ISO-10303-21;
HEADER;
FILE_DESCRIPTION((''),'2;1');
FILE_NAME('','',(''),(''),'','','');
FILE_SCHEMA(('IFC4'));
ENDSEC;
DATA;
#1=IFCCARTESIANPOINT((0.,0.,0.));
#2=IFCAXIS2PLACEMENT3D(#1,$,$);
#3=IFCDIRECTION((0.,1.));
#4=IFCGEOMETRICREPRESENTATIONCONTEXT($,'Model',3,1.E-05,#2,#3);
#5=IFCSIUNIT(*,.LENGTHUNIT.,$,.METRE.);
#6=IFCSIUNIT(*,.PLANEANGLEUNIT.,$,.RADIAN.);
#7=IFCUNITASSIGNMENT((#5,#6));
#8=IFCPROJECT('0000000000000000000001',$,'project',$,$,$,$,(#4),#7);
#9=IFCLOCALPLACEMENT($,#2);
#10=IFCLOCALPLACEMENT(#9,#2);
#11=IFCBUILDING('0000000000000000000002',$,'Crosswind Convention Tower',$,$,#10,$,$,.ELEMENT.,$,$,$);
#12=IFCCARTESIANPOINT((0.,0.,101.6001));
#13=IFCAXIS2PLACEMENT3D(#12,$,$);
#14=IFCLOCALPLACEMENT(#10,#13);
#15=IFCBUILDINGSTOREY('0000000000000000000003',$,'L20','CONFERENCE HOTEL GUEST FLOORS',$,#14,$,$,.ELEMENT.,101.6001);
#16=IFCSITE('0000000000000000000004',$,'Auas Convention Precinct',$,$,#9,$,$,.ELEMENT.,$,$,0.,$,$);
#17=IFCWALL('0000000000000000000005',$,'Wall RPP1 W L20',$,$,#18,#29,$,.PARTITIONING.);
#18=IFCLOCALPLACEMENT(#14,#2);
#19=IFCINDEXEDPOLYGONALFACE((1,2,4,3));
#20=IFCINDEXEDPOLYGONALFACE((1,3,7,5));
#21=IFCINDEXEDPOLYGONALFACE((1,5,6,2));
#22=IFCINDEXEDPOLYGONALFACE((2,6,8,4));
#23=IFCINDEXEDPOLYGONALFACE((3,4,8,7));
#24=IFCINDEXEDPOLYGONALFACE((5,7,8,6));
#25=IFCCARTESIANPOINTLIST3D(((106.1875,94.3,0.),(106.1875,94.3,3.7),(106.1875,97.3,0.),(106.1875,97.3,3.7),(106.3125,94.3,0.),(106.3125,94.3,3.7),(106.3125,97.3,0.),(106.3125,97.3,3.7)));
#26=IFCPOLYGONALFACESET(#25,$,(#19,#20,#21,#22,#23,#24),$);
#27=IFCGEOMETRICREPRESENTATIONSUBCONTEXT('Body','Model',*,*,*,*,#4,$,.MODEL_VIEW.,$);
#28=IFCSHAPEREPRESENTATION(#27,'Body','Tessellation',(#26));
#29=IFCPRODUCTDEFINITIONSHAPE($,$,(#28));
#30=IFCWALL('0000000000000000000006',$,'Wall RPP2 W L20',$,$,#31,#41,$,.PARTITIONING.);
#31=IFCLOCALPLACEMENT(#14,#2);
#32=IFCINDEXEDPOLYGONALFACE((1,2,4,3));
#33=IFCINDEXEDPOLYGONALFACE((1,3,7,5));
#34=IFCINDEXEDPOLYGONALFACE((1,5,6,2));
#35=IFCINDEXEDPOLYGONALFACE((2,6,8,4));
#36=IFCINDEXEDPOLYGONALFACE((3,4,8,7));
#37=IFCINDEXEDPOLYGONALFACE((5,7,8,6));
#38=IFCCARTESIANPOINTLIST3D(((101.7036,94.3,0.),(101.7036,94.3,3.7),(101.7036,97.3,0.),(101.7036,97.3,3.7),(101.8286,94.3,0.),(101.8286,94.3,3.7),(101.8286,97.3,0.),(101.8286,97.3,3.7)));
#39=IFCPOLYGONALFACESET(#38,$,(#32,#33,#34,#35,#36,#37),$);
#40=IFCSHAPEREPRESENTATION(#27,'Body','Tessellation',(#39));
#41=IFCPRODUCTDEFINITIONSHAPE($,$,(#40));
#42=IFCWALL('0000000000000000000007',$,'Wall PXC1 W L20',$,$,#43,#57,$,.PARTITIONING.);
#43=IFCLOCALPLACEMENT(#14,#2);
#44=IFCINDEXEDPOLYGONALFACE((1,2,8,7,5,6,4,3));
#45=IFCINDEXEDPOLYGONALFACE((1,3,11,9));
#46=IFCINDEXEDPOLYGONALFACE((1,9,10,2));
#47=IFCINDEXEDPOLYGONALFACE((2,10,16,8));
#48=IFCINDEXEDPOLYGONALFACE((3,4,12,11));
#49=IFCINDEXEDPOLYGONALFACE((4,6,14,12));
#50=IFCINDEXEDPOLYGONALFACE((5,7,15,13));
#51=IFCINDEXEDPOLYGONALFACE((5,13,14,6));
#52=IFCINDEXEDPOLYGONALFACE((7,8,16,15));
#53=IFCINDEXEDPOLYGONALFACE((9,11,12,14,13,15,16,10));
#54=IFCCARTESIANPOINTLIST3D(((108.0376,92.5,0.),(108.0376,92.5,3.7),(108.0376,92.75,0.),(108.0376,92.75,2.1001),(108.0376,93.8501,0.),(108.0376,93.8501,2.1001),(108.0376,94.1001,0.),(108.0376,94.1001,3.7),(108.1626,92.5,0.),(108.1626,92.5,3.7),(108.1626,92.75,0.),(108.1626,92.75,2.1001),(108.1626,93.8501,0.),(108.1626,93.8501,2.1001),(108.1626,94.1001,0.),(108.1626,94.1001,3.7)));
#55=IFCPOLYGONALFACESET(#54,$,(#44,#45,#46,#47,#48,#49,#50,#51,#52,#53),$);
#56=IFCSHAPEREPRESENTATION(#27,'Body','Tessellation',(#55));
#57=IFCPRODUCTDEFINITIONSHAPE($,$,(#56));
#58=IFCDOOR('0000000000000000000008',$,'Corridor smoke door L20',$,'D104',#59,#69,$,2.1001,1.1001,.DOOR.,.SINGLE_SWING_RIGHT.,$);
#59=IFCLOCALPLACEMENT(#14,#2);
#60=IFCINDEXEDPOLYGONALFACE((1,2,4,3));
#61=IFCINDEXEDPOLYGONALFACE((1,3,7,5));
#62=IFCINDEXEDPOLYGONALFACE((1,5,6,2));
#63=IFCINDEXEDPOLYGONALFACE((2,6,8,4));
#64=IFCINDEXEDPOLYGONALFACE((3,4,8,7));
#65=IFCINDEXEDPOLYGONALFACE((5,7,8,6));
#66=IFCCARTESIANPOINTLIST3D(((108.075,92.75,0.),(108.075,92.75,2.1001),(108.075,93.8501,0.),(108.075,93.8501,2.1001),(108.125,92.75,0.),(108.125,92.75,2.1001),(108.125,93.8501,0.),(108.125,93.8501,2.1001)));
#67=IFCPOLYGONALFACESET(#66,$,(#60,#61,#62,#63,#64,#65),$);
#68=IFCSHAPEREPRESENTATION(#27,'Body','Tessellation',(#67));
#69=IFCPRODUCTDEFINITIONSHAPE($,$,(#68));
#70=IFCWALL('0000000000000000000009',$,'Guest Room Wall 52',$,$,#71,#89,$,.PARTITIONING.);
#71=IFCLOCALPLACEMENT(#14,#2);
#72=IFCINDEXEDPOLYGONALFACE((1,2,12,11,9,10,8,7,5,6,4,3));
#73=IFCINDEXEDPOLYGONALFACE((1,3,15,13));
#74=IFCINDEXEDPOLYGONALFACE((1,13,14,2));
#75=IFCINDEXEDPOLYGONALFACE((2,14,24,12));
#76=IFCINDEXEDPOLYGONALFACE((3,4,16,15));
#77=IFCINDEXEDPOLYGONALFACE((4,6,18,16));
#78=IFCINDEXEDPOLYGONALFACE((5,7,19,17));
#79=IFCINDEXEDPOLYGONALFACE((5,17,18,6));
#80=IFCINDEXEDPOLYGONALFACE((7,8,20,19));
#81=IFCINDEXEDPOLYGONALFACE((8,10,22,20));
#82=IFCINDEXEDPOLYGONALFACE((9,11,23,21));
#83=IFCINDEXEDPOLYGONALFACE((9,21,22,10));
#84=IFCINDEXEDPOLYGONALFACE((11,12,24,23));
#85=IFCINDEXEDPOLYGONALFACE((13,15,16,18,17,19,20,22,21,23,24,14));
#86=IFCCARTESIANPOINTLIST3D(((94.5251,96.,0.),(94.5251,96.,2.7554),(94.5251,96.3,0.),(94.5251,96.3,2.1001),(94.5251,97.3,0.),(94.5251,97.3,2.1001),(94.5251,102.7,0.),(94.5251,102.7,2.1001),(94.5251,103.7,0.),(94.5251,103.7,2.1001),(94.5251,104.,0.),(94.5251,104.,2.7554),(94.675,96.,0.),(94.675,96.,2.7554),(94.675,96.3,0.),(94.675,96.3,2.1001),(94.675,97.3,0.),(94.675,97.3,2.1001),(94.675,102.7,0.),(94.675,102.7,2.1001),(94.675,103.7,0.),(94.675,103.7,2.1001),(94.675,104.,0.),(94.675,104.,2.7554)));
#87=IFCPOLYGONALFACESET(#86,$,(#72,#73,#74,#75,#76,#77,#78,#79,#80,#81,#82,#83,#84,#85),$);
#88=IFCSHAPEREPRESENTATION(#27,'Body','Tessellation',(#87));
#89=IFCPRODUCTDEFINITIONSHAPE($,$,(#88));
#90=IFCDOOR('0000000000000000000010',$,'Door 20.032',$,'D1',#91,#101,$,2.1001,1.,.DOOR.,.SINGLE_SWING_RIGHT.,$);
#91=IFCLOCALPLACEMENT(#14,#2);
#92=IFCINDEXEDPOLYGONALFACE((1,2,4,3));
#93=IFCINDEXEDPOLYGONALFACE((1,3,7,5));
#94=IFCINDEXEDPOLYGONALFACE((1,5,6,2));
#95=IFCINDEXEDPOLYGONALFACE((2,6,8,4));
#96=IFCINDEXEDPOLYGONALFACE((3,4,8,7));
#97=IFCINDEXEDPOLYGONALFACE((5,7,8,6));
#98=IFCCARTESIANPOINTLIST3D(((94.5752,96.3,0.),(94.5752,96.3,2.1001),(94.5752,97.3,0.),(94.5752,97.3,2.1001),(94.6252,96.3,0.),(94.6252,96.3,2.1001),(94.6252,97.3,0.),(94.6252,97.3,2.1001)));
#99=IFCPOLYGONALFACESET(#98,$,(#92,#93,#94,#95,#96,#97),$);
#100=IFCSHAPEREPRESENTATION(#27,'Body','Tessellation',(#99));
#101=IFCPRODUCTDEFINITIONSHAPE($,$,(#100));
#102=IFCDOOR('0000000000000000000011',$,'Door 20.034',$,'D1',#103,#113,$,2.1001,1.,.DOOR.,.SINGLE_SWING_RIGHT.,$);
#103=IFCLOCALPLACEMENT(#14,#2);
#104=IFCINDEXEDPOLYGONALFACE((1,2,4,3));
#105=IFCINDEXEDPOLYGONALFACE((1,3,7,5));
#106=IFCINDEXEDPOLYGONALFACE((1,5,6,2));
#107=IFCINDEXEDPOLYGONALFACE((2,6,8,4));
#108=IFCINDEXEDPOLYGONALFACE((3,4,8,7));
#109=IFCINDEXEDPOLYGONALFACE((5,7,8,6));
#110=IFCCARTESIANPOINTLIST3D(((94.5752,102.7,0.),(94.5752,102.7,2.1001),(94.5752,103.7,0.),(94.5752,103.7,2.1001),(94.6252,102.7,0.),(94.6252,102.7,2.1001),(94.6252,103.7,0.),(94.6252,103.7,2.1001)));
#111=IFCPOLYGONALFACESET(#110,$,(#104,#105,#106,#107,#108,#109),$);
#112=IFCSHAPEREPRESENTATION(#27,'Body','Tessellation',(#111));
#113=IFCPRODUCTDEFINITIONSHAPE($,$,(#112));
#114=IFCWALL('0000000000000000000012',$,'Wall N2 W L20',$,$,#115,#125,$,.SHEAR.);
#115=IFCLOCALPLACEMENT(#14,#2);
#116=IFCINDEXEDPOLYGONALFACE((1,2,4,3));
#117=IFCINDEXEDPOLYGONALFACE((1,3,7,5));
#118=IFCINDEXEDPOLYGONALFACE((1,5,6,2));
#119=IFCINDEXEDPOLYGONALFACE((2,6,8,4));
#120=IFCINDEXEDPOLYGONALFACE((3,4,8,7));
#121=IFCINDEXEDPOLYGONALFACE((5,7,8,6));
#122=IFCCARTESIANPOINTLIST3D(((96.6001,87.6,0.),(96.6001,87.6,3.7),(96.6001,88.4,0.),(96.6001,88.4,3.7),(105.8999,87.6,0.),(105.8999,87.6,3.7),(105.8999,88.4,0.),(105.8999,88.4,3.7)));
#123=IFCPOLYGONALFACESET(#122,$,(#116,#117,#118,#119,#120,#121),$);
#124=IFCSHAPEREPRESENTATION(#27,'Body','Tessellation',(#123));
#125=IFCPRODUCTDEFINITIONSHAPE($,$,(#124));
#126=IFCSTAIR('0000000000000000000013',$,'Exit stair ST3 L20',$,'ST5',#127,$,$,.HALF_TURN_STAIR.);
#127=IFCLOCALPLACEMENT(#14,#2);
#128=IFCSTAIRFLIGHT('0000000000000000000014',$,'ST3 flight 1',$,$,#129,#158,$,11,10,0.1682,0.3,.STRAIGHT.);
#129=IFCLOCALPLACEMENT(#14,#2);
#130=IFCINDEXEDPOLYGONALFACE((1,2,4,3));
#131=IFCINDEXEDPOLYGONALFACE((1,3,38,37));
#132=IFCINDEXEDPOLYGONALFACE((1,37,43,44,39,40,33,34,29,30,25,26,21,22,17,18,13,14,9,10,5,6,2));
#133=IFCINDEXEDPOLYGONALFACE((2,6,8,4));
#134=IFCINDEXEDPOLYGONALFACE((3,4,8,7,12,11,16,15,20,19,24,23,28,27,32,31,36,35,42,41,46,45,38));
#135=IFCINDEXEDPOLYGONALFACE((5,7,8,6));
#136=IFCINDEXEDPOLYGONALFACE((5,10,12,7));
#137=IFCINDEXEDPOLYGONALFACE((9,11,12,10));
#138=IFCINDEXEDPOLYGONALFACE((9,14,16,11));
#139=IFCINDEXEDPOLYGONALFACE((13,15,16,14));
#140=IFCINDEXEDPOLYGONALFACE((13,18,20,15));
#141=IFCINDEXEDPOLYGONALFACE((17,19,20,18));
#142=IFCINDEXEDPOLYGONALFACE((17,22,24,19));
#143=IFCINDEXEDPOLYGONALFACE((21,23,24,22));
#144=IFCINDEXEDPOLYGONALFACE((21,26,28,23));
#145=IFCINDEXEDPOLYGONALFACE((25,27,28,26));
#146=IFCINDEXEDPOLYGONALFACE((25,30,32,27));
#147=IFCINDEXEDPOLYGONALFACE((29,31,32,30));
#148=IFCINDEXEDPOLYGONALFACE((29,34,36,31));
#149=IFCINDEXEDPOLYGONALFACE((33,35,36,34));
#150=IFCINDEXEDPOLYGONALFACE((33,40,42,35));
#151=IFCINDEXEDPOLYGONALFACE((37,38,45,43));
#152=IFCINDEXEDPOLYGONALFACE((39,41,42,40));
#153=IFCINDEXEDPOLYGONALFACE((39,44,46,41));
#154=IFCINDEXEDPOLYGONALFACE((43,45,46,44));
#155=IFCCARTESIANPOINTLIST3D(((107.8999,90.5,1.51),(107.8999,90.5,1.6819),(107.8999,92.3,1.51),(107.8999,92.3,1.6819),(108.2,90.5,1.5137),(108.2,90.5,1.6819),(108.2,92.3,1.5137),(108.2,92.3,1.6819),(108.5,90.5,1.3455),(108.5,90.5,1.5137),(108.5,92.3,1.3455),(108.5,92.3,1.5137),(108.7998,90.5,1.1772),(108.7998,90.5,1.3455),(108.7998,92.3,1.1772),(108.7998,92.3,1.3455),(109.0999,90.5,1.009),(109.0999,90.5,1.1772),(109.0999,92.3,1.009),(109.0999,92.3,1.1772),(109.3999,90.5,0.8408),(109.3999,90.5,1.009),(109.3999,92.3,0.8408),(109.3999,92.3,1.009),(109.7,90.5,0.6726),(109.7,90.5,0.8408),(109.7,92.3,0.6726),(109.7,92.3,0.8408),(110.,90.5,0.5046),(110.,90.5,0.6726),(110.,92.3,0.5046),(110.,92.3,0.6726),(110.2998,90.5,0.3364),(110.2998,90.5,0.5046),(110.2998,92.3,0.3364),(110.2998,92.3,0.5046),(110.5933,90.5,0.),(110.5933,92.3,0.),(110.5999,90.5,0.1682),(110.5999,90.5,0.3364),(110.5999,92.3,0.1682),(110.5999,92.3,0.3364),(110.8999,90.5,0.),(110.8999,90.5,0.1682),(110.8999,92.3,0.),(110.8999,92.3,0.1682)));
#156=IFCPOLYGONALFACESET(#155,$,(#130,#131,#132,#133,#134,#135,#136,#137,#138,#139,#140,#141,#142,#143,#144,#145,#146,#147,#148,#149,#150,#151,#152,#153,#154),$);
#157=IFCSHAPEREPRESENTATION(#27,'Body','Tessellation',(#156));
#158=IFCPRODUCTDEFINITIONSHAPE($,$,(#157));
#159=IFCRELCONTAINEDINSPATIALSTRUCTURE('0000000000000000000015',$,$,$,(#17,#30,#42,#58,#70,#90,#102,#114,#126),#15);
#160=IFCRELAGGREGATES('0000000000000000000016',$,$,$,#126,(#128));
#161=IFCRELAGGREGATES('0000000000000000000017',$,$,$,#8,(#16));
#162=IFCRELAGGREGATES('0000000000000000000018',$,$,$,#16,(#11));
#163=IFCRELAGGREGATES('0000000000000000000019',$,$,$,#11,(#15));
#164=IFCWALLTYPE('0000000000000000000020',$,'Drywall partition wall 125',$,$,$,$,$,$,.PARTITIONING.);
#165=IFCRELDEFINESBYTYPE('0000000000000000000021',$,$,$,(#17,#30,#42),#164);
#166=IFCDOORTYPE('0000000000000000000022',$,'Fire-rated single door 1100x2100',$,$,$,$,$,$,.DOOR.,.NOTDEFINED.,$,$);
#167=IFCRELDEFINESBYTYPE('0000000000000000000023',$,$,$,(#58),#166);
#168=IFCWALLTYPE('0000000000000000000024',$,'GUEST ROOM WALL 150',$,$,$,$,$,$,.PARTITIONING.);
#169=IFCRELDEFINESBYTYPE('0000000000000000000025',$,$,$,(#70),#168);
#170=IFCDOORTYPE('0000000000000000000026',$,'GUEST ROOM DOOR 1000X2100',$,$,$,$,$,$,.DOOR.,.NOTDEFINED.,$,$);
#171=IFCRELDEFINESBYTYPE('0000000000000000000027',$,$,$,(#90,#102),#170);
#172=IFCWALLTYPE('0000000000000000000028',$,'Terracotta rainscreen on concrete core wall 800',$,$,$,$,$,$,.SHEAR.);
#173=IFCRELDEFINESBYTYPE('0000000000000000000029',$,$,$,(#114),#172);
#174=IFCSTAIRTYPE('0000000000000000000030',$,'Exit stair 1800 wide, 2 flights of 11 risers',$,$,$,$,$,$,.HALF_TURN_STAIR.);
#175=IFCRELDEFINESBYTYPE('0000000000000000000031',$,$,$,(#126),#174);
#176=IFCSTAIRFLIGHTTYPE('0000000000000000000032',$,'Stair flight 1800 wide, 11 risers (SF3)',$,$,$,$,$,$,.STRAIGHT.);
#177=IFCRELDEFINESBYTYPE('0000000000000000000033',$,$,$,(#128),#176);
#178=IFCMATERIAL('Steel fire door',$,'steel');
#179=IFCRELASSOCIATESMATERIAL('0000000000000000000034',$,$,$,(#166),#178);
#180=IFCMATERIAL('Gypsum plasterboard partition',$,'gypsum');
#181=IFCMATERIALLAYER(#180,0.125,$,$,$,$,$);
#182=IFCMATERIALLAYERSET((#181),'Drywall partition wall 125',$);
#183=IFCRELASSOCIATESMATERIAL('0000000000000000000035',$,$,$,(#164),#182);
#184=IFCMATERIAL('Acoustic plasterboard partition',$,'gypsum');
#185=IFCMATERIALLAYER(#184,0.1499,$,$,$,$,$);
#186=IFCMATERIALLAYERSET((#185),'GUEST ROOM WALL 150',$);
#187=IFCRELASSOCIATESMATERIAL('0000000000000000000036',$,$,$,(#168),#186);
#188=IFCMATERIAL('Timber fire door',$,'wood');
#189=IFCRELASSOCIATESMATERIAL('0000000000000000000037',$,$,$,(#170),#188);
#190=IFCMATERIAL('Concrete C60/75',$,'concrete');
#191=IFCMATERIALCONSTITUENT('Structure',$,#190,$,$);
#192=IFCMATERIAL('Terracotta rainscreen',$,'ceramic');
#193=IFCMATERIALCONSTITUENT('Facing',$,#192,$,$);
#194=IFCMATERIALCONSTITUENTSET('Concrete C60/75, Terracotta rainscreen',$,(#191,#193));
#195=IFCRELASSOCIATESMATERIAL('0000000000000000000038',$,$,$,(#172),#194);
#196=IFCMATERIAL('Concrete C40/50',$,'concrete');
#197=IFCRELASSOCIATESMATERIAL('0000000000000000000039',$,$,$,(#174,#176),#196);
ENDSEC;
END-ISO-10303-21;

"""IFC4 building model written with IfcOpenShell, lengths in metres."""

from ifc_helpers import new_model, si_unit, direction, frame, frame_2d, origin, place, context, subcontext, project, spatial, polyline, rectangle, outline, extrude, material, layer, layer_set, constituent, constituent_set, type_object, element, fill, aggregate, save


model = new_model("IFC4")

# Units and contexts
model_context = context("Model", 3, precision=1e-05, world=origin(), true_north=direction((0.0, 1.0)))
body_context = subcontext(model_context, "Body", "Model", "MODEL_VIEW")
ifc_project = project(units=[si_unit("LENGTHUNIT", "METRE"), si_unit("PLANEANGLEUNIT", "RADIAN")], contexts=[model_context])

# Site, building, storey
site_placement = place(None, origin())
site = spatial("IfcSite", under=ifc_project, at=site_placement, Name="Auas Convention Precinct", CompositionType="ELEMENT", RefElevation=0.0)
building_placement = place(site_placement, origin())
building = spatial("IfcBuilding", under=site, at=building_placement, Name="Crosswind Convention Tower", CompositionType="ELEMENT")
storey_placement = place(building_placement, frame((0.0, 0.0, 101.6001)))
storey = spatial("IfcBuildingStorey", under=building, at=storey_placement, Name="L20", Description="CONFERENCE HOTEL GUEST FLOORS", CompositionType="ELEMENT", Elevation=101.6001)

# Shared definitions
ifc_material_1 = material(Name="Steel fire door", Category="steel")
door_type_1 = type_object("IfcDoorType", Name="Fire-rated single door 1100x2100", OperationType="NOTDEFINED", PredefinedType="DOOR", material=ifc_material_1)

# Walls
ifc_material_2 = material(Name="Gypsum plasterboard partition", Category="gypsum")
ifc_layer_1 = layer(ifc_material_2, 0.125)
ifc_layer_set_1 = layer_set([ifc_layer_1], Name="Drywall partition wall 125")
wall_type_1 = type_object("IfcWallType", Name="Drywall partition wall 125", PredefinedType="PARTITIONING", material=ifc_layer_set_1)
for number, where, z_axis, x_axis, name in (
    (1, (106.25, 97.3, 0.0), (0.0, 0.0, 1.0), (0.0, -1.0, 0.0), "Wall RPP1 W L20"),
    (2, (101.7661, 97.3, 0.0), (0.0, 0.0, 1.0), (0.0, -1.0, 0.0), "Wall RPP2 W L20"),
):
    element("IfcWall", number, at=place(storey_placement, frame(where, z_axis=z_axis, x_axis=x_axis)), inside=storey, type_object=wall_type_1, Name=name, PredefinedType="PARTITIONING", context=body_context, shape_type="SweptSolid", body=[
        extrude(rectangle(XDim=3.0, YDim=0.125, at=frame_2d((1.5, 0.0))), origin(), (0.0, 0.0, 1.0), 3.7),
    ])

# Wall, opening, door
wall_1_placement = place(storey_placement, frame((108.1001, 94.1001, 0.0), z_axis=(0.0, 0.0, 1.0), x_axis=(0.0, -1.0, 0.0)))
wall_1 = element("IfcWall", 3, at=wall_1_placement, inside=storey, type_object=wall_type_1, Name="Wall PXC1 W L20", PredefinedType="PARTITIONING", context=body_context, shape_type="SweptSolid", body=[
    extrude(rectangle(XDim=1.6001, YDim=0.125, at=frame_2d((0.8, 0.0))), origin(), (0.0, 0.0, 1.0), 3.7),
])
opening_1_placement = place(wall_1_placement, frame((0.25, 0.0, 0.0)))
opening_1 = element("IfcOpeningElement", 4, at=opening_1_placement, cuts=wall_1, PredefinedType="OPENING", context=body_context, shape_type="SweptSolid", body=[
    extrude(rectangle(XDim=1.1001, YDim=2.1001, at=frame_2d((0.55, 1.05))), frame((0.0, 0.0725, 0.0), z_axis=(0.0, -1.0, 0.0), x_axis=(1.0, 0.0, 0.0)), (0.0, 0.0, 1.0), 0.145),
])
door_1_placement = place(opening_1_placement, origin())
door_1 = element("IfcDoor", 5, at=door_1_placement, inside=storey, type_object=door_type_1, Name="Corridor smoke door L20", ObjectType="D104", OperationType="SINGLE_SWING_RIGHT", OverallHeight=2.1001, OverallWidth=1.1001, PredefinedType="DOOR", context=body_context, shape_type="SweptSolid", body=[
    extrude(rectangle(XDim=1.1001, YDim=2.1001, at=frame_2d((0.55, 1.05))), frame((0.0, 0.0249, 0.0), z_axis=(0.0, -1.0, 0.0), x_axis=(1.0, 0.0, 0.0)), (0.0, 0.0, 1.0), 0.05),
])
fill(opening_1, door_1)

# Wall, openings, doors
ifc_material_3 = material(Name="Acoustic plasterboard partition", Category="gypsum")
ifc_layer_2 = layer(ifc_material_3, 0.1499)
ifc_layer_set_2 = layer_set([ifc_layer_2], Name="GUEST ROOM WALL 150")
wall_type_2 = type_object("IfcWallType", Name="GUEST ROOM WALL 150", PredefinedType="PARTITIONING", material=ifc_layer_set_2)
wall_2_placement = place(storey_placement, frame((94.6001, 96.0, 0.0), z_axis=(0.0, 0.0, 1.0), x_axis=(0.0, 1.0, 0.0)))
wall_2 = element("IfcWall", 6, at=wall_2_placement, inside=storey, type_object=wall_type_2, Name="Guest Room Wall 52", PredefinedType="PARTITIONING", context=body_context, shape_type="SweptSolid", body=[
    extrude(rectangle(XDim=8.0, YDim=0.1499, at=frame_2d((4.0, 0.0))), origin(), (0.0, 0.0, 1.0), 2.7554),
])
opening_2_placement = place(wall_2_placement, frame((0.3, 0.0, 0.0)))
opening_2 = element("IfcOpeningElement", 7, at=opening_2_placement, cuts=wall_2, PredefinedType="OPENING", context=body_context, shape_type="SweptSolid", body=[
    extrude(rectangle(XDim=1.0, YDim=2.1001, at=frame_2d((0.5, 1.05))), frame((0.0, 0.085, 0.0), z_axis=(0.0, -1.0, 0.0), x_axis=(1.0, 0.0, 0.0)), (0.0, 0.0, 1.0), 0.1699),
])
opening_3_placement = place(wall_2_placement, frame((6.7, 0.0, 0.0)))
opening_3 = element("IfcOpeningElement", 8, at=opening_3_placement, cuts=wall_2, PredefinedType="OPENING", context=body_context, shape_type="SweptSolid", body=[
    extrude(rectangle(XDim=1.0, YDim=2.1001, at=frame_2d((0.5, 1.05))), frame((0.0, 0.085, 0.0), z_axis=(0.0, -1.0, 0.0), x_axis=(1.0, 0.0, 0.0)), (0.0, 0.0, 1.0), 0.1699),
])
ifc_material_4 = material(Name="Timber fire door", Category="wood")
door_type_2 = type_object("IfcDoorType", Name="GUEST ROOM DOOR 1000X2100", OperationType="NOTDEFINED", PredefinedType="DOOR", material=ifc_material_4)
door_2_placement = place(opening_2_placement, origin())
door_2 = element("IfcDoor", 9, at=door_2_placement, inside=storey, type_object=door_type_2, Name="Door 20.032", ObjectType="D1", OperationType="SINGLE_SWING_RIGHT", OverallHeight=2.1001, OverallWidth=1.0, PredefinedType="DOOR", context=body_context, shape_type="SweptSolid", body=[
    extrude(rectangle(XDim=1.0, YDim=2.1001, at=frame_2d((0.5, 1.05))), frame((0.0, 0.0249, 0.0), z_axis=(0.0, -1.0, 0.0), x_axis=(1.0, 0.0, 0.0)), (0.0, 0.0, 1.0), 0.05),
])
fill(opening_2, door_2)
door_3_placement = place(opening_3_placement, origin())
door_3 = element("IfcDoor", 10, at=door_3_placement, inside=storey, type_object=door_type_2, Name="Door 20.034", ObjectType="D1", OperationType="SINGLE_SWING_RIGHT", OverallHeight=2.1001, OverallWidth=1.0, PredefinedType="DOOR", context=body_context, shape_type="SweptSolid", body=[
    extrude(rectangle(XDim=1.0, YDim=2.1001, at=frame_2d((0.5, 1.05))), frame((0.0, 0.0249, 0.0), z_axis=(0.0, -1.0, 0.0), x_axis=(1.0, 0.0, 0.0)), (0.0, 0.0, 1.0), 0.05),
])
fill(opening_3, door_3)

# Shared definitions
ifc_material_5 = material(Name="Terracotta rainscreen", Category="ceramic")

# Wall
ifc_material_6 = material(Name="Concrete C60/75", Category="concrete")
ifc_constituent_1 = constituent(ifc_material_6, Name="Structure")
ifc_constituent_2 = constituent(ifc_material_5, Name="Facing")
ifc_constituent_set = constituent_set(constituents=[ifc_constituent_1, ifc_constituent_2], Name="Concrete C60/75, Terracotta rainscreen")
wall_type_3 = type_object("IfcWallType", Name="Terracotta rainscreen on concrete core wall 800", PredefinedType="SHEAR", material=ifc_constituent_set)
wall_3_placement = place(storey_placement, frame((105.8999, 88.0, 0.0), z_axis=(0.0, 0.0, 1.0), x_axis=(-1.0, 0.0, 0.0)))
element("IfcWall", 11, at=wall_3_placement, inside=storey, type_object=wall_type_3, Name="Wall N2 W L20", PredefinedType="SHEAR", context=body_context, shape_type="SweptSolid", body=[
    extrude(rectangle(XDim=9.2998, YDim=0.8, at=frame_2d((4.6499, 0.0))), origin(), (0.0, 0.0, 1.0), 3.7),
])

# Stair, stair flight
ifc_material_7 = material(Name="Concrete C40/50", Category="concrete")
stair_type = type_object("IfcStairType", Name="Exit stair 1800 wide, 2 flights of 11 risers", PredefinedType="HALF_TURN_STAIR", material=ifc_material_7)
stair_placement = place(storey_placement, origin())
stair = element("IfcStair", 12, at=stair_placement, inside=storey, type_object=stair_type, Name="Exit stair ST3 L20", ObjectType="ST5", PredefinedType="HALF_TURN_STAIR")
stair_flight_type = type_object("IfcStairFlightType", Name="Stair flight 1800 wide, 11 risers (SF3)", PredefinedType="STRAIGHT", material=ifc_material_7)
stair_flight_1_placement = place(storey_placement, frame((110.8999, 91.3999, 0.0), z_axis=(0.0, 0.0, 1.0), x_axis=(-1.0, 0.0, 0.0)))
stair_flight_1 = element("IfcStairFlight", 13, at=stair_flight_1_placement, type_object=stair_flight_type, Name="ST3 flight 1", NumberOfRisers=11, NumberOfTreads=10, PredefinedType="STRAIGHT", RiserHeight=0.1682, TreadLength=0.3, context=body_context, shape_type="SweptSolid", body=[
    extrude(outline(polyline([(0.0, 0.0), (0.0, 0.1682), (0.3, 0.1682), (0.3, 0.3364), (0.6001, 0.3364), (0.6001, 0.5046), (0.8999, 0.5046), (0.8999, 0.6726), (1.2, 0.6726), (1.2, 0.8408), (1.5, 0.8408), (1.5, 1.009), (1.8, 1.009), (1.8, 1.1772), (2.1001, 1.1772), (2.1001, 1.3455), (2.3999, 1.3455), (2.3999, 1.5137), (2.7, 1.5137), (2.7, 1.6819), (3.0, 1.6819), (3.0, 1.8501), (3.0, 1.51), (0.3066, 0.0), (0.0, 0.0)])), frame((0.0, 0.8999, 0.0), z_axis=(0.0, -1.0, 0.0), x_axis=(1.0, 0.0, 0.0)), (0.0, 0.0, 1.0), 1.8),
])
aggregate(stair, [stair_flight_1])

save(model, "model.ifc")
